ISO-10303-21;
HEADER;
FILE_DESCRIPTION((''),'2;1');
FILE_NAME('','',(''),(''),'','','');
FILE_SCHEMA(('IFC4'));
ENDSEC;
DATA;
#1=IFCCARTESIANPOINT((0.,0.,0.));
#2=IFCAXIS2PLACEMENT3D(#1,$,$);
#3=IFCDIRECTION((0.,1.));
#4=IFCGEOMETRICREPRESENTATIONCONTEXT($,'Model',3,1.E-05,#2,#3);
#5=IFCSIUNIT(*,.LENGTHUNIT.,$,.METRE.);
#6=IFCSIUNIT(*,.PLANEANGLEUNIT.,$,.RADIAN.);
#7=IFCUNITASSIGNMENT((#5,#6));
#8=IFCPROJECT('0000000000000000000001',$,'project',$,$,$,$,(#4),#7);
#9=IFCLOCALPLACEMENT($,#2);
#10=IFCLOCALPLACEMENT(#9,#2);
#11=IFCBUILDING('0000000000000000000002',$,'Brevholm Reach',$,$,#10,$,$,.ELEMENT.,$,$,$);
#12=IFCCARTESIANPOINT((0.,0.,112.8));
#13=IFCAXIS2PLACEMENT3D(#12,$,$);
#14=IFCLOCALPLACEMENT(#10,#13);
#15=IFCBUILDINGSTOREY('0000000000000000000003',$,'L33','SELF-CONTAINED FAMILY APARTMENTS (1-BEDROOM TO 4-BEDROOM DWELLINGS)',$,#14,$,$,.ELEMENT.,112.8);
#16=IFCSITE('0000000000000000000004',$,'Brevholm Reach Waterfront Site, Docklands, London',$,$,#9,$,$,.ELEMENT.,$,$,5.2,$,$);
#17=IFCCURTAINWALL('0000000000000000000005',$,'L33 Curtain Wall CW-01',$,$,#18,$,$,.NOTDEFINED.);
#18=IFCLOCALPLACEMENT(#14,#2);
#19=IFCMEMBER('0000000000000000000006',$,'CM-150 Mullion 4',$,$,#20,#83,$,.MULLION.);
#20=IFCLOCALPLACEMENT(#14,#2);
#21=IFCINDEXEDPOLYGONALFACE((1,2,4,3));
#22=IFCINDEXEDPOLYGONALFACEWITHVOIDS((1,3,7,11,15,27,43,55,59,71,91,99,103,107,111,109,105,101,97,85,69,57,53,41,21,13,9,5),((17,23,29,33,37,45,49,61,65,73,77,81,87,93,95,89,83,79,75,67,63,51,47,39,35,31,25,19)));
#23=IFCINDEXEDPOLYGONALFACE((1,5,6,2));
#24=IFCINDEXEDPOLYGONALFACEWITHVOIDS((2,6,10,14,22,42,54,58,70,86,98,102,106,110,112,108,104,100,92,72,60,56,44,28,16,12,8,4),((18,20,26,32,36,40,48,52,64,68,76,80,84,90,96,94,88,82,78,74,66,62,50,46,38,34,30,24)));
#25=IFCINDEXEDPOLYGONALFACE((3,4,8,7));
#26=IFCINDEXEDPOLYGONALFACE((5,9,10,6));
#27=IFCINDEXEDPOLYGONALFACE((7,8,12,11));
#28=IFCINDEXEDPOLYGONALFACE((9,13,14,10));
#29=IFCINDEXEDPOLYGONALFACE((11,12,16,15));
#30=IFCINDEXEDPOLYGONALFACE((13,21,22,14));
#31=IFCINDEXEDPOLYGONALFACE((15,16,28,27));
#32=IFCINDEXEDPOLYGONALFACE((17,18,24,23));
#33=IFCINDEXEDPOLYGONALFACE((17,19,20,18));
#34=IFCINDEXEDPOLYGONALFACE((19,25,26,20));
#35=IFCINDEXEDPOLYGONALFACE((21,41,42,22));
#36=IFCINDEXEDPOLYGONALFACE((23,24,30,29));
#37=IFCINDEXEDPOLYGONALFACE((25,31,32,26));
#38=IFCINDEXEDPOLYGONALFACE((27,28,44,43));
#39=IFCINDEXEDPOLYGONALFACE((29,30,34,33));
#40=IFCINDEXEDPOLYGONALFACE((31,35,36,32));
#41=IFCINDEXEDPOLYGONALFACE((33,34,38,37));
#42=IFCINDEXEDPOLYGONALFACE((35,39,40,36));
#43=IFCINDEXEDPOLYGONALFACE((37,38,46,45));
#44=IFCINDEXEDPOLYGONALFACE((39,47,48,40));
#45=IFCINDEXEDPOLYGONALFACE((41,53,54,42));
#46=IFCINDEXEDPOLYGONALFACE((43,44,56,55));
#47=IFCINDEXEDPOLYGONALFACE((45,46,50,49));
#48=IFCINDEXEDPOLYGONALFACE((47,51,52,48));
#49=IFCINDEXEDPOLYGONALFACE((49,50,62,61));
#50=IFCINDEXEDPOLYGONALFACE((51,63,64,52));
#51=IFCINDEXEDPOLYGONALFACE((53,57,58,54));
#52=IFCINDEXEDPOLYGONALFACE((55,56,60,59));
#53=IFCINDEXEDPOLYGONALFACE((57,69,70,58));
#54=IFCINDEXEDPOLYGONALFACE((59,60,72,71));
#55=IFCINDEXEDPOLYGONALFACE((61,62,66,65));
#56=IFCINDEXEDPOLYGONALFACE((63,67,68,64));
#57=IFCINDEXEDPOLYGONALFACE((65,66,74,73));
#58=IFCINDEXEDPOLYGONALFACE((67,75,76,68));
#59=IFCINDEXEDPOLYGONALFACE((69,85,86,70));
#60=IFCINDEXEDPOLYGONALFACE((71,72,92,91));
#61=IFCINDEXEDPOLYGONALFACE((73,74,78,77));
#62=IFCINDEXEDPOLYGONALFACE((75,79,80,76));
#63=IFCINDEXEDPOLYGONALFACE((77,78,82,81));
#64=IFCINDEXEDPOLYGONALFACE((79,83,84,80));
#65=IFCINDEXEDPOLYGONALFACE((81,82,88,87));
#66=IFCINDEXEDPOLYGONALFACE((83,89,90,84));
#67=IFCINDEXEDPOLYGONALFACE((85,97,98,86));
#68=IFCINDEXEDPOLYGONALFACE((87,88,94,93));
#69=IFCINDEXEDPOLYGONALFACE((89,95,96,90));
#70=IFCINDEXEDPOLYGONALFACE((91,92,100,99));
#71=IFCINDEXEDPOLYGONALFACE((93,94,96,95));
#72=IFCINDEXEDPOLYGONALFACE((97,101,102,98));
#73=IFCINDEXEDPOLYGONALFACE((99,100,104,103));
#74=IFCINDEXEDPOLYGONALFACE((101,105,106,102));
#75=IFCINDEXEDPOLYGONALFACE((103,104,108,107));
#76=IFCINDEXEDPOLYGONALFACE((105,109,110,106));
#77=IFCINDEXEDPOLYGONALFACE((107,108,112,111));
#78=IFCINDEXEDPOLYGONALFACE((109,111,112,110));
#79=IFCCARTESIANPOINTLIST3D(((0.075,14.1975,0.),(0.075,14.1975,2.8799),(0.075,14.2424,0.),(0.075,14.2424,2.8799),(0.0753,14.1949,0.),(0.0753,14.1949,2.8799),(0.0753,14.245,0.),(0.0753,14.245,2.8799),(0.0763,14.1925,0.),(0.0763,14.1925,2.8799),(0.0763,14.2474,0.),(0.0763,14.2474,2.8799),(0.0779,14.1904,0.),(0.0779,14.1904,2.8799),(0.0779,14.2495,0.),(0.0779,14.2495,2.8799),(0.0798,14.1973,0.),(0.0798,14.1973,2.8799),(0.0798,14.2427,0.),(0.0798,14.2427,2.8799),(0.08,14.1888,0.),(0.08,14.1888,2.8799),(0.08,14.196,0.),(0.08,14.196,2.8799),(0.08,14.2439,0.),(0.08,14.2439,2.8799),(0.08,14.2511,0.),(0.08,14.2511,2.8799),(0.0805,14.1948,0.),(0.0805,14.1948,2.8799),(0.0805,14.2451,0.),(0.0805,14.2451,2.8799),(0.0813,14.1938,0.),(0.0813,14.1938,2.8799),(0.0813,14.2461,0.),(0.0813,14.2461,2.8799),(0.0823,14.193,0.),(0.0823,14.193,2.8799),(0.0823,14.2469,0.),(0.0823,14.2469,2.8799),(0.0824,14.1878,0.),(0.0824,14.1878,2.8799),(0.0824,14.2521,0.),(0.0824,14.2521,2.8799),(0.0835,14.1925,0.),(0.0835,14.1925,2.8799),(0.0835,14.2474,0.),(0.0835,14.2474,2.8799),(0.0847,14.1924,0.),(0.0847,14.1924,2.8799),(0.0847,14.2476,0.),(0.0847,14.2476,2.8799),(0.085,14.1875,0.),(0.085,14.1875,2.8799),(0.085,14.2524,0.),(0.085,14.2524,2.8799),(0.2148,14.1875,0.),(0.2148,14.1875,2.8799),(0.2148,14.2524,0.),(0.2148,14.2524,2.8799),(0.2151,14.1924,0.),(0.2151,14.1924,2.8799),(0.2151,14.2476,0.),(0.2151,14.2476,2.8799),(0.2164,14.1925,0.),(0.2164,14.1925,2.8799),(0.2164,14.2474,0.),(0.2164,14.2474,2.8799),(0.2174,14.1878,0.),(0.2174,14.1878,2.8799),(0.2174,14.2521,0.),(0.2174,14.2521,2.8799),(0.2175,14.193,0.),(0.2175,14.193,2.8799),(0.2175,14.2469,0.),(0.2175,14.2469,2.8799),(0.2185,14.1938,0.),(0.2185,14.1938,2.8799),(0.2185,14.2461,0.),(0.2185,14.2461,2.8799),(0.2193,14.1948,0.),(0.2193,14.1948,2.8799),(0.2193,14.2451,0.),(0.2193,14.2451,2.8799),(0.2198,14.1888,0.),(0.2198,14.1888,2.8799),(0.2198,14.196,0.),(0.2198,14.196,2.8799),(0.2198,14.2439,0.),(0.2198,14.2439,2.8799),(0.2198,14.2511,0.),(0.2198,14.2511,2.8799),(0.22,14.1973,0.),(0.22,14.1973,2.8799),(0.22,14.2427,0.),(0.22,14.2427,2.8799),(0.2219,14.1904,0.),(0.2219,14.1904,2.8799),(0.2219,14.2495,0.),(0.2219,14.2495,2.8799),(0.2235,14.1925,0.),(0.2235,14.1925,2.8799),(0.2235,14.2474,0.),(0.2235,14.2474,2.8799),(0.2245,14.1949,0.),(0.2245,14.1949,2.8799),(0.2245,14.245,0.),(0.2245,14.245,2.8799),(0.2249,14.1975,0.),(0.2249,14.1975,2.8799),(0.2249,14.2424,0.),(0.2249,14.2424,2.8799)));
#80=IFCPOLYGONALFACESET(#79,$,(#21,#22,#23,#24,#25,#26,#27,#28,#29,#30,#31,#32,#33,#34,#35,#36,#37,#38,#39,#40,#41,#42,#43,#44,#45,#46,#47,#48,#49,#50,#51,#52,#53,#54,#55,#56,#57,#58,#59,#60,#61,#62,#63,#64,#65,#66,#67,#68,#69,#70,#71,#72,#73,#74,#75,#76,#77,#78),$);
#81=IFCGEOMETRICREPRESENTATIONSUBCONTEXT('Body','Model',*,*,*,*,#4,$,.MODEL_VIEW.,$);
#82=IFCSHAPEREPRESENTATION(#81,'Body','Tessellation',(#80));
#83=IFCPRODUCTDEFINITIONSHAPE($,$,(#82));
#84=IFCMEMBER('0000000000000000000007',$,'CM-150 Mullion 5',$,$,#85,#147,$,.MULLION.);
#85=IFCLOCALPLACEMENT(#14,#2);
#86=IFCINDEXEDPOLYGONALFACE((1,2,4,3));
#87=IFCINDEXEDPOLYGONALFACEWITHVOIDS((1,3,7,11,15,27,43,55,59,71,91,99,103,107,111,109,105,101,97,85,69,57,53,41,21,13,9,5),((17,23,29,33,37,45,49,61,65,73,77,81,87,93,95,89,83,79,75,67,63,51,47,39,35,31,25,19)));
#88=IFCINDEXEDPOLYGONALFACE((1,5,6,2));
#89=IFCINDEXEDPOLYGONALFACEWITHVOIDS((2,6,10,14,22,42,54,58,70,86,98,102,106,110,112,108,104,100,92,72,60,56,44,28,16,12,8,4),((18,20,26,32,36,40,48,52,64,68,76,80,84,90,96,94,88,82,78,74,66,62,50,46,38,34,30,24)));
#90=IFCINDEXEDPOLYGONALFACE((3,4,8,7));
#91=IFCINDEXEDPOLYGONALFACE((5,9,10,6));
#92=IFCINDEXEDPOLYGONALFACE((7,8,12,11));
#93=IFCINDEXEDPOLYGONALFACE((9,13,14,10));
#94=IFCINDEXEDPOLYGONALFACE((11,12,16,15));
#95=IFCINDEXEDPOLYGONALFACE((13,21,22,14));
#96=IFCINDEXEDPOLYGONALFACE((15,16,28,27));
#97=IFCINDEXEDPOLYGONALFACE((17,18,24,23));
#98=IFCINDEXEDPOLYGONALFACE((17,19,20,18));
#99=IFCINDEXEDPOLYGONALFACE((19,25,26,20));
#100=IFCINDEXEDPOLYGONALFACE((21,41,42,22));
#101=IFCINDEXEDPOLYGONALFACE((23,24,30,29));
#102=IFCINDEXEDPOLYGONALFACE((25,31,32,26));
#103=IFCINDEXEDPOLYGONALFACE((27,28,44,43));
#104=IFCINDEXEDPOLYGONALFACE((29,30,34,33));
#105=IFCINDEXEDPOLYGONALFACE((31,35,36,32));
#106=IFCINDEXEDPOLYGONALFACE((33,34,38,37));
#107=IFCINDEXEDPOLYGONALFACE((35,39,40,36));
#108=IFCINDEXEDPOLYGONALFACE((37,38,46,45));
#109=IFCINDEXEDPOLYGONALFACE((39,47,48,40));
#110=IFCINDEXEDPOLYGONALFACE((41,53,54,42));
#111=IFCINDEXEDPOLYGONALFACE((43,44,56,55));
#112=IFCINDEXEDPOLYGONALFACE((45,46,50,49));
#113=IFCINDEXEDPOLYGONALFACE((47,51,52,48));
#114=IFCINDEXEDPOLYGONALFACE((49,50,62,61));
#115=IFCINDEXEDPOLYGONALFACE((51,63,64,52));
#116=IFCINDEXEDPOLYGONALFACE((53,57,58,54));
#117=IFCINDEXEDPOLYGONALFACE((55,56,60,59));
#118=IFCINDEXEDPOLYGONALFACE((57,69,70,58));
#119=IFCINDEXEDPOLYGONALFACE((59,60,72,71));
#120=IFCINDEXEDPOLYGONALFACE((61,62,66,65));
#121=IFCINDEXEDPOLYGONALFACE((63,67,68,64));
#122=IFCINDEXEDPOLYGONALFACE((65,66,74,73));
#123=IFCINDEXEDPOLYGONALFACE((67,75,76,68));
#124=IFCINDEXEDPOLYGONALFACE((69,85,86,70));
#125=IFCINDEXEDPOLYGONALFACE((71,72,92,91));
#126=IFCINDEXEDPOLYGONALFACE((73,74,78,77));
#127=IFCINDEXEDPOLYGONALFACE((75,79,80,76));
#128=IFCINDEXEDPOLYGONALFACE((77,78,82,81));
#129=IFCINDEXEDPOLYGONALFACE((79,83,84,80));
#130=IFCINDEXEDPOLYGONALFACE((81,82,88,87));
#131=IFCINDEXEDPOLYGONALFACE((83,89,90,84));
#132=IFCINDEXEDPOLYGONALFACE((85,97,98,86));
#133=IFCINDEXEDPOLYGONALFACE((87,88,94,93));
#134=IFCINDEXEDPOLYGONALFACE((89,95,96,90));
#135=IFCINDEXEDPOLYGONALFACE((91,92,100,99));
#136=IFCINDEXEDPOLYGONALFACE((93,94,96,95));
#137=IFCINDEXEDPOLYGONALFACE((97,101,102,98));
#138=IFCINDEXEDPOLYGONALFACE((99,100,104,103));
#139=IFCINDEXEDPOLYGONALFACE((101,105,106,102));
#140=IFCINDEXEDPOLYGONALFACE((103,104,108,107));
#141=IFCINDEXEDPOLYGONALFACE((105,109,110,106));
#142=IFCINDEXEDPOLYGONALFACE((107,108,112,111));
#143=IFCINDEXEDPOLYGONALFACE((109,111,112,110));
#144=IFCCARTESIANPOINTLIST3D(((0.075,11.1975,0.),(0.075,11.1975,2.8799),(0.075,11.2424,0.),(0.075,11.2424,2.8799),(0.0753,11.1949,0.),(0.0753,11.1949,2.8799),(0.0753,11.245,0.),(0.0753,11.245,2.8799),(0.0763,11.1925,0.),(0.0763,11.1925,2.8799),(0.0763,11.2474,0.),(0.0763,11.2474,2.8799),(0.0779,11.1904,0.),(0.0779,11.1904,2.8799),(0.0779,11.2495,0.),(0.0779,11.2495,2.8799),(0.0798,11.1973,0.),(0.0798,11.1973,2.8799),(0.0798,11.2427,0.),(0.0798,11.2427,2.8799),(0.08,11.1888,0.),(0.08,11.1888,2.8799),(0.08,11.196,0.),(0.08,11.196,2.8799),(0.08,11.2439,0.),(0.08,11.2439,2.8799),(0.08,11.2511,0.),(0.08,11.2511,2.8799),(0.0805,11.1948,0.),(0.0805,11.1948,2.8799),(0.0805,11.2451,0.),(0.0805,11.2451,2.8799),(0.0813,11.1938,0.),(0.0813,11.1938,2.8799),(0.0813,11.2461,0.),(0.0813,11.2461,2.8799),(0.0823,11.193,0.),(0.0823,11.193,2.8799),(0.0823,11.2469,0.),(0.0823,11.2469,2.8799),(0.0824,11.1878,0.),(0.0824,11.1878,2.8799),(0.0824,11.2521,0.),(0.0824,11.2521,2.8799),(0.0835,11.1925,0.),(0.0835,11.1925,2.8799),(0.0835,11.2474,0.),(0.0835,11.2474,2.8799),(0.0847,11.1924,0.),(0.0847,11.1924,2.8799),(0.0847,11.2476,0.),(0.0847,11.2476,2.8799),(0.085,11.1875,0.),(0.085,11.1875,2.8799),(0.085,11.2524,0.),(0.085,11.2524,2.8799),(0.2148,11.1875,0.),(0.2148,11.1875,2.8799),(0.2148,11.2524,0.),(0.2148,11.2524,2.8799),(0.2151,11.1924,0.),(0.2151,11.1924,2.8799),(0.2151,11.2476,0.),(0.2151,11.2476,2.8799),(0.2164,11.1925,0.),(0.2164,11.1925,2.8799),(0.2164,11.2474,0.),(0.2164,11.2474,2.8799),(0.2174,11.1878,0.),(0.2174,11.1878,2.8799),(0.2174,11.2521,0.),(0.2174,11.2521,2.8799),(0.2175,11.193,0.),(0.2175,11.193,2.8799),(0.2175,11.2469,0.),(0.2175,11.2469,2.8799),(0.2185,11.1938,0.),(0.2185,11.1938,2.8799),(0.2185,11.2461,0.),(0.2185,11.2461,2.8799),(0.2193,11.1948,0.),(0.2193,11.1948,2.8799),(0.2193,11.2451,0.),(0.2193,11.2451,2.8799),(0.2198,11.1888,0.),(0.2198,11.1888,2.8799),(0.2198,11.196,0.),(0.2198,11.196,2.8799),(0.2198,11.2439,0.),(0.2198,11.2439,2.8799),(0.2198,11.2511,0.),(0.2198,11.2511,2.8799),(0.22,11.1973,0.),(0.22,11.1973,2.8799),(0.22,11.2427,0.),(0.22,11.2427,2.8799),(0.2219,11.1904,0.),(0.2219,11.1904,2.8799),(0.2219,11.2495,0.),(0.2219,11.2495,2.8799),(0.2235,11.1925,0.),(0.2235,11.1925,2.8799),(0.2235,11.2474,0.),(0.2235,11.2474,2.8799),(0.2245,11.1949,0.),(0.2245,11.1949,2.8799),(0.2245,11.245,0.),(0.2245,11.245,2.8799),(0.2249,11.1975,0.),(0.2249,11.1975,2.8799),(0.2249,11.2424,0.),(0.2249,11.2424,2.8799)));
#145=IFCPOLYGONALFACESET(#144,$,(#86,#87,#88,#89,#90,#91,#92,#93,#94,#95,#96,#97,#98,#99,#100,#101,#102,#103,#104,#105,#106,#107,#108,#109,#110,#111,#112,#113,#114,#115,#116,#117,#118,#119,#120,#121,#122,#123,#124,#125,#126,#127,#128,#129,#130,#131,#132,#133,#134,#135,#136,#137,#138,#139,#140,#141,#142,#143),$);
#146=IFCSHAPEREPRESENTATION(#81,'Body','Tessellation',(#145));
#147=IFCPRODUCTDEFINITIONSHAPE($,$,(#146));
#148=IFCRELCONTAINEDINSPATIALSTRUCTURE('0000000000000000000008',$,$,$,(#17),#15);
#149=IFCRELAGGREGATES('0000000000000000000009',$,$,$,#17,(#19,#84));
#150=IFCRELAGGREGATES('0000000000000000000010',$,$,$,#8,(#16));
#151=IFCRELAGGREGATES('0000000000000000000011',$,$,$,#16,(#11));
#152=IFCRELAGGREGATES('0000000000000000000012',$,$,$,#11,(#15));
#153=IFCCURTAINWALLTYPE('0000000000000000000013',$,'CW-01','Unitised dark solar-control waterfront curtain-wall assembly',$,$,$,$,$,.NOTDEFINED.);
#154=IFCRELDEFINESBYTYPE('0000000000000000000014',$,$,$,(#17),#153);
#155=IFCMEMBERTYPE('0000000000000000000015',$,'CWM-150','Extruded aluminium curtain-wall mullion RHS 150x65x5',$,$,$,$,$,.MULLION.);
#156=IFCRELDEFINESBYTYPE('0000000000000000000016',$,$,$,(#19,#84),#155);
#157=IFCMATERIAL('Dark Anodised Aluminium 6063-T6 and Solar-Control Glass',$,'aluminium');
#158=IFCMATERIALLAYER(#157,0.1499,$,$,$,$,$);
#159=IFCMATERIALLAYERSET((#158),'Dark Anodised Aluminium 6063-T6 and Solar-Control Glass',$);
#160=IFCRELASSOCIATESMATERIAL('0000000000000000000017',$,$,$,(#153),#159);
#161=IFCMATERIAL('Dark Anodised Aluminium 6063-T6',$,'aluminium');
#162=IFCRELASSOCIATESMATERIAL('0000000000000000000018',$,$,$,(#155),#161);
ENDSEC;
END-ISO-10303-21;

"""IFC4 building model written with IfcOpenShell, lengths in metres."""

from ifc_helpers import new_model, si_unit, direction, frame, origin, origin_2d, place, context, subcontext, project, spatial, hollow_rectangle, extrude, material, layer, layer_set, material_profile, profile_set, type_object, element, aggregate, save


model = new_model("IFC4")

# Units and contexts
model_context = context("Model", 3, precision=1e-05, world=origin(), true_north=direction((0.0, 1.0)))
body_context = subcontext(model_context, "Body", "Model", "MODEL_VIEW")
ifc_project = project(units=[si_unit("LENGTHUNIT", "METRE"), si_unit("PLANEANGLEUNIT", "RADIAN")], contexts=[model_context])

# Site, building, storey
site_placement = place(None, origin())
site = spatial("IfcSite", under=ifc_project, at=site_placement, Name="Brevholm Reach Waterfront Site, Docklands, London", CompositionType="ELEMENT", RefElevation=5.2)
building_placement = place(site_placement, origin())
building = spatial("IfcBuilding", under=site, at=building_placement, Name="Brevholm Reach", CompositionType="ELEMENT")
storey_placement = place(building_placement, frame((0.0, 0.0, 112.8)))
storey = spatial("IfcBuildingStorey", under=building, at=storey_placement, Name="L33", Description="SELF-CONTAINED FAMILY APARTMENTS (1-BEDROOM TO 4-BEDROOM DWELLINGS)", CompositionType="ELEMENT", Elevation=112.8)

# Curtain wall, members
ifc_material_1 = material(Name="Dark Anodised Aluminium 6063-T6 and Solar-Control Glass", Category="aluminium")
ifc_layer_1 = layer(ifc_material_1, 0.1499)
ifc_layer_set_1 = layer_set([ifc_layer_1], Name="Dark Anodised Aluminium 6063-T6 and Solar-Control Glass")
curtain_wall_type = type_object("IfcCurtainWallType", Name="CW-01", Description="Unitised dark solar-control waterfront curtain-wall assembly", PredefinedType="NOTDEFINED", material=ifc_layer_set_1)
curtain_wall_placement = place(storey_placement, origin())
curtain_wall = element("IfcCurtainWall", 1, at=curtain_wall_placement, inside=storey, type_object=curtain_wall_type, Name="L33 Curtain Wall CW-01", PredefinedType="NOTDEFINED")
ifc_material_2 = material(Name="Dark Anodised Aluminium 6063-T6", Category="aluminium")
ifc_material_profile_1 = material_profile(ifc_material_2, hollow_rectangle(XDim=0.0649, YDim=0.1499, WallThickness=0.0049, InnerFilletRadius=0.0049, OuterFilletRadius=0.01, at=origin_2d()), Name="RHS 150x65x5")
ifc_profile_set_1 = profile_set([ifc_material_profile_1], Name="Dark Anodised Aluminium 6063-T6")
member_type_1 = type_object("IfcMemberType", Name="CWM-150", Description="Extruded aluminium curtain-wall mullion RHS 150x65x5", PredefinedType="MULLION", material=ifc_profile_set_1)
member_1_placement = place(storey_placement, frame((0.1499, 14.22, 0.0), z_axis=(0.0, 0.0, 1.0), x_axis=(0.0, -1.0, 0.0)))
member_1 = element("IfcMember", 2, at=member_1_placement, type_object=member_type_1, Name="CM-150 Mullion 4", PredefinedType="MULLION", context=body_context, shape_type="SweptSolid", body=[
    extrude(hollow_rectangle(XDim=0.0649, YDim=0.1499, WallThickness=0.0049, InnerFilletRadius=0.0049, OuterFilletRadius=0.01, at=origin_2d()), origin(), (0.0, 0.0, 1.0), 2.8799),
])
member_2_placement = place(storey_placement, frame((0.1499, 11.22, 0.0), z_axis=(0.0, 0.0, 1.0), x_axis=(0.0, -1.0, 0.0)))
member_2 = element("IfcMember", 3, at=member_2_placement, type_object=member_type_1, Name="CM-150 Mullion 5", PredefinedType="MULLION", context=body_context, shape_type="SweptSolid", body=[
    extrude(hollow_rectangle(XDim=0.0649, YDim=0.1499, WallThickness=0.0049, InnerFilletRadius=0.0049, OuterFilletRadius=0.01, at=origin_2d()), origin(), (0.0, 0.0, 1.0), 2.8799),
])
aggregate(curtain_wall, [member_1, member_2])

save(model, "model.ifc")
